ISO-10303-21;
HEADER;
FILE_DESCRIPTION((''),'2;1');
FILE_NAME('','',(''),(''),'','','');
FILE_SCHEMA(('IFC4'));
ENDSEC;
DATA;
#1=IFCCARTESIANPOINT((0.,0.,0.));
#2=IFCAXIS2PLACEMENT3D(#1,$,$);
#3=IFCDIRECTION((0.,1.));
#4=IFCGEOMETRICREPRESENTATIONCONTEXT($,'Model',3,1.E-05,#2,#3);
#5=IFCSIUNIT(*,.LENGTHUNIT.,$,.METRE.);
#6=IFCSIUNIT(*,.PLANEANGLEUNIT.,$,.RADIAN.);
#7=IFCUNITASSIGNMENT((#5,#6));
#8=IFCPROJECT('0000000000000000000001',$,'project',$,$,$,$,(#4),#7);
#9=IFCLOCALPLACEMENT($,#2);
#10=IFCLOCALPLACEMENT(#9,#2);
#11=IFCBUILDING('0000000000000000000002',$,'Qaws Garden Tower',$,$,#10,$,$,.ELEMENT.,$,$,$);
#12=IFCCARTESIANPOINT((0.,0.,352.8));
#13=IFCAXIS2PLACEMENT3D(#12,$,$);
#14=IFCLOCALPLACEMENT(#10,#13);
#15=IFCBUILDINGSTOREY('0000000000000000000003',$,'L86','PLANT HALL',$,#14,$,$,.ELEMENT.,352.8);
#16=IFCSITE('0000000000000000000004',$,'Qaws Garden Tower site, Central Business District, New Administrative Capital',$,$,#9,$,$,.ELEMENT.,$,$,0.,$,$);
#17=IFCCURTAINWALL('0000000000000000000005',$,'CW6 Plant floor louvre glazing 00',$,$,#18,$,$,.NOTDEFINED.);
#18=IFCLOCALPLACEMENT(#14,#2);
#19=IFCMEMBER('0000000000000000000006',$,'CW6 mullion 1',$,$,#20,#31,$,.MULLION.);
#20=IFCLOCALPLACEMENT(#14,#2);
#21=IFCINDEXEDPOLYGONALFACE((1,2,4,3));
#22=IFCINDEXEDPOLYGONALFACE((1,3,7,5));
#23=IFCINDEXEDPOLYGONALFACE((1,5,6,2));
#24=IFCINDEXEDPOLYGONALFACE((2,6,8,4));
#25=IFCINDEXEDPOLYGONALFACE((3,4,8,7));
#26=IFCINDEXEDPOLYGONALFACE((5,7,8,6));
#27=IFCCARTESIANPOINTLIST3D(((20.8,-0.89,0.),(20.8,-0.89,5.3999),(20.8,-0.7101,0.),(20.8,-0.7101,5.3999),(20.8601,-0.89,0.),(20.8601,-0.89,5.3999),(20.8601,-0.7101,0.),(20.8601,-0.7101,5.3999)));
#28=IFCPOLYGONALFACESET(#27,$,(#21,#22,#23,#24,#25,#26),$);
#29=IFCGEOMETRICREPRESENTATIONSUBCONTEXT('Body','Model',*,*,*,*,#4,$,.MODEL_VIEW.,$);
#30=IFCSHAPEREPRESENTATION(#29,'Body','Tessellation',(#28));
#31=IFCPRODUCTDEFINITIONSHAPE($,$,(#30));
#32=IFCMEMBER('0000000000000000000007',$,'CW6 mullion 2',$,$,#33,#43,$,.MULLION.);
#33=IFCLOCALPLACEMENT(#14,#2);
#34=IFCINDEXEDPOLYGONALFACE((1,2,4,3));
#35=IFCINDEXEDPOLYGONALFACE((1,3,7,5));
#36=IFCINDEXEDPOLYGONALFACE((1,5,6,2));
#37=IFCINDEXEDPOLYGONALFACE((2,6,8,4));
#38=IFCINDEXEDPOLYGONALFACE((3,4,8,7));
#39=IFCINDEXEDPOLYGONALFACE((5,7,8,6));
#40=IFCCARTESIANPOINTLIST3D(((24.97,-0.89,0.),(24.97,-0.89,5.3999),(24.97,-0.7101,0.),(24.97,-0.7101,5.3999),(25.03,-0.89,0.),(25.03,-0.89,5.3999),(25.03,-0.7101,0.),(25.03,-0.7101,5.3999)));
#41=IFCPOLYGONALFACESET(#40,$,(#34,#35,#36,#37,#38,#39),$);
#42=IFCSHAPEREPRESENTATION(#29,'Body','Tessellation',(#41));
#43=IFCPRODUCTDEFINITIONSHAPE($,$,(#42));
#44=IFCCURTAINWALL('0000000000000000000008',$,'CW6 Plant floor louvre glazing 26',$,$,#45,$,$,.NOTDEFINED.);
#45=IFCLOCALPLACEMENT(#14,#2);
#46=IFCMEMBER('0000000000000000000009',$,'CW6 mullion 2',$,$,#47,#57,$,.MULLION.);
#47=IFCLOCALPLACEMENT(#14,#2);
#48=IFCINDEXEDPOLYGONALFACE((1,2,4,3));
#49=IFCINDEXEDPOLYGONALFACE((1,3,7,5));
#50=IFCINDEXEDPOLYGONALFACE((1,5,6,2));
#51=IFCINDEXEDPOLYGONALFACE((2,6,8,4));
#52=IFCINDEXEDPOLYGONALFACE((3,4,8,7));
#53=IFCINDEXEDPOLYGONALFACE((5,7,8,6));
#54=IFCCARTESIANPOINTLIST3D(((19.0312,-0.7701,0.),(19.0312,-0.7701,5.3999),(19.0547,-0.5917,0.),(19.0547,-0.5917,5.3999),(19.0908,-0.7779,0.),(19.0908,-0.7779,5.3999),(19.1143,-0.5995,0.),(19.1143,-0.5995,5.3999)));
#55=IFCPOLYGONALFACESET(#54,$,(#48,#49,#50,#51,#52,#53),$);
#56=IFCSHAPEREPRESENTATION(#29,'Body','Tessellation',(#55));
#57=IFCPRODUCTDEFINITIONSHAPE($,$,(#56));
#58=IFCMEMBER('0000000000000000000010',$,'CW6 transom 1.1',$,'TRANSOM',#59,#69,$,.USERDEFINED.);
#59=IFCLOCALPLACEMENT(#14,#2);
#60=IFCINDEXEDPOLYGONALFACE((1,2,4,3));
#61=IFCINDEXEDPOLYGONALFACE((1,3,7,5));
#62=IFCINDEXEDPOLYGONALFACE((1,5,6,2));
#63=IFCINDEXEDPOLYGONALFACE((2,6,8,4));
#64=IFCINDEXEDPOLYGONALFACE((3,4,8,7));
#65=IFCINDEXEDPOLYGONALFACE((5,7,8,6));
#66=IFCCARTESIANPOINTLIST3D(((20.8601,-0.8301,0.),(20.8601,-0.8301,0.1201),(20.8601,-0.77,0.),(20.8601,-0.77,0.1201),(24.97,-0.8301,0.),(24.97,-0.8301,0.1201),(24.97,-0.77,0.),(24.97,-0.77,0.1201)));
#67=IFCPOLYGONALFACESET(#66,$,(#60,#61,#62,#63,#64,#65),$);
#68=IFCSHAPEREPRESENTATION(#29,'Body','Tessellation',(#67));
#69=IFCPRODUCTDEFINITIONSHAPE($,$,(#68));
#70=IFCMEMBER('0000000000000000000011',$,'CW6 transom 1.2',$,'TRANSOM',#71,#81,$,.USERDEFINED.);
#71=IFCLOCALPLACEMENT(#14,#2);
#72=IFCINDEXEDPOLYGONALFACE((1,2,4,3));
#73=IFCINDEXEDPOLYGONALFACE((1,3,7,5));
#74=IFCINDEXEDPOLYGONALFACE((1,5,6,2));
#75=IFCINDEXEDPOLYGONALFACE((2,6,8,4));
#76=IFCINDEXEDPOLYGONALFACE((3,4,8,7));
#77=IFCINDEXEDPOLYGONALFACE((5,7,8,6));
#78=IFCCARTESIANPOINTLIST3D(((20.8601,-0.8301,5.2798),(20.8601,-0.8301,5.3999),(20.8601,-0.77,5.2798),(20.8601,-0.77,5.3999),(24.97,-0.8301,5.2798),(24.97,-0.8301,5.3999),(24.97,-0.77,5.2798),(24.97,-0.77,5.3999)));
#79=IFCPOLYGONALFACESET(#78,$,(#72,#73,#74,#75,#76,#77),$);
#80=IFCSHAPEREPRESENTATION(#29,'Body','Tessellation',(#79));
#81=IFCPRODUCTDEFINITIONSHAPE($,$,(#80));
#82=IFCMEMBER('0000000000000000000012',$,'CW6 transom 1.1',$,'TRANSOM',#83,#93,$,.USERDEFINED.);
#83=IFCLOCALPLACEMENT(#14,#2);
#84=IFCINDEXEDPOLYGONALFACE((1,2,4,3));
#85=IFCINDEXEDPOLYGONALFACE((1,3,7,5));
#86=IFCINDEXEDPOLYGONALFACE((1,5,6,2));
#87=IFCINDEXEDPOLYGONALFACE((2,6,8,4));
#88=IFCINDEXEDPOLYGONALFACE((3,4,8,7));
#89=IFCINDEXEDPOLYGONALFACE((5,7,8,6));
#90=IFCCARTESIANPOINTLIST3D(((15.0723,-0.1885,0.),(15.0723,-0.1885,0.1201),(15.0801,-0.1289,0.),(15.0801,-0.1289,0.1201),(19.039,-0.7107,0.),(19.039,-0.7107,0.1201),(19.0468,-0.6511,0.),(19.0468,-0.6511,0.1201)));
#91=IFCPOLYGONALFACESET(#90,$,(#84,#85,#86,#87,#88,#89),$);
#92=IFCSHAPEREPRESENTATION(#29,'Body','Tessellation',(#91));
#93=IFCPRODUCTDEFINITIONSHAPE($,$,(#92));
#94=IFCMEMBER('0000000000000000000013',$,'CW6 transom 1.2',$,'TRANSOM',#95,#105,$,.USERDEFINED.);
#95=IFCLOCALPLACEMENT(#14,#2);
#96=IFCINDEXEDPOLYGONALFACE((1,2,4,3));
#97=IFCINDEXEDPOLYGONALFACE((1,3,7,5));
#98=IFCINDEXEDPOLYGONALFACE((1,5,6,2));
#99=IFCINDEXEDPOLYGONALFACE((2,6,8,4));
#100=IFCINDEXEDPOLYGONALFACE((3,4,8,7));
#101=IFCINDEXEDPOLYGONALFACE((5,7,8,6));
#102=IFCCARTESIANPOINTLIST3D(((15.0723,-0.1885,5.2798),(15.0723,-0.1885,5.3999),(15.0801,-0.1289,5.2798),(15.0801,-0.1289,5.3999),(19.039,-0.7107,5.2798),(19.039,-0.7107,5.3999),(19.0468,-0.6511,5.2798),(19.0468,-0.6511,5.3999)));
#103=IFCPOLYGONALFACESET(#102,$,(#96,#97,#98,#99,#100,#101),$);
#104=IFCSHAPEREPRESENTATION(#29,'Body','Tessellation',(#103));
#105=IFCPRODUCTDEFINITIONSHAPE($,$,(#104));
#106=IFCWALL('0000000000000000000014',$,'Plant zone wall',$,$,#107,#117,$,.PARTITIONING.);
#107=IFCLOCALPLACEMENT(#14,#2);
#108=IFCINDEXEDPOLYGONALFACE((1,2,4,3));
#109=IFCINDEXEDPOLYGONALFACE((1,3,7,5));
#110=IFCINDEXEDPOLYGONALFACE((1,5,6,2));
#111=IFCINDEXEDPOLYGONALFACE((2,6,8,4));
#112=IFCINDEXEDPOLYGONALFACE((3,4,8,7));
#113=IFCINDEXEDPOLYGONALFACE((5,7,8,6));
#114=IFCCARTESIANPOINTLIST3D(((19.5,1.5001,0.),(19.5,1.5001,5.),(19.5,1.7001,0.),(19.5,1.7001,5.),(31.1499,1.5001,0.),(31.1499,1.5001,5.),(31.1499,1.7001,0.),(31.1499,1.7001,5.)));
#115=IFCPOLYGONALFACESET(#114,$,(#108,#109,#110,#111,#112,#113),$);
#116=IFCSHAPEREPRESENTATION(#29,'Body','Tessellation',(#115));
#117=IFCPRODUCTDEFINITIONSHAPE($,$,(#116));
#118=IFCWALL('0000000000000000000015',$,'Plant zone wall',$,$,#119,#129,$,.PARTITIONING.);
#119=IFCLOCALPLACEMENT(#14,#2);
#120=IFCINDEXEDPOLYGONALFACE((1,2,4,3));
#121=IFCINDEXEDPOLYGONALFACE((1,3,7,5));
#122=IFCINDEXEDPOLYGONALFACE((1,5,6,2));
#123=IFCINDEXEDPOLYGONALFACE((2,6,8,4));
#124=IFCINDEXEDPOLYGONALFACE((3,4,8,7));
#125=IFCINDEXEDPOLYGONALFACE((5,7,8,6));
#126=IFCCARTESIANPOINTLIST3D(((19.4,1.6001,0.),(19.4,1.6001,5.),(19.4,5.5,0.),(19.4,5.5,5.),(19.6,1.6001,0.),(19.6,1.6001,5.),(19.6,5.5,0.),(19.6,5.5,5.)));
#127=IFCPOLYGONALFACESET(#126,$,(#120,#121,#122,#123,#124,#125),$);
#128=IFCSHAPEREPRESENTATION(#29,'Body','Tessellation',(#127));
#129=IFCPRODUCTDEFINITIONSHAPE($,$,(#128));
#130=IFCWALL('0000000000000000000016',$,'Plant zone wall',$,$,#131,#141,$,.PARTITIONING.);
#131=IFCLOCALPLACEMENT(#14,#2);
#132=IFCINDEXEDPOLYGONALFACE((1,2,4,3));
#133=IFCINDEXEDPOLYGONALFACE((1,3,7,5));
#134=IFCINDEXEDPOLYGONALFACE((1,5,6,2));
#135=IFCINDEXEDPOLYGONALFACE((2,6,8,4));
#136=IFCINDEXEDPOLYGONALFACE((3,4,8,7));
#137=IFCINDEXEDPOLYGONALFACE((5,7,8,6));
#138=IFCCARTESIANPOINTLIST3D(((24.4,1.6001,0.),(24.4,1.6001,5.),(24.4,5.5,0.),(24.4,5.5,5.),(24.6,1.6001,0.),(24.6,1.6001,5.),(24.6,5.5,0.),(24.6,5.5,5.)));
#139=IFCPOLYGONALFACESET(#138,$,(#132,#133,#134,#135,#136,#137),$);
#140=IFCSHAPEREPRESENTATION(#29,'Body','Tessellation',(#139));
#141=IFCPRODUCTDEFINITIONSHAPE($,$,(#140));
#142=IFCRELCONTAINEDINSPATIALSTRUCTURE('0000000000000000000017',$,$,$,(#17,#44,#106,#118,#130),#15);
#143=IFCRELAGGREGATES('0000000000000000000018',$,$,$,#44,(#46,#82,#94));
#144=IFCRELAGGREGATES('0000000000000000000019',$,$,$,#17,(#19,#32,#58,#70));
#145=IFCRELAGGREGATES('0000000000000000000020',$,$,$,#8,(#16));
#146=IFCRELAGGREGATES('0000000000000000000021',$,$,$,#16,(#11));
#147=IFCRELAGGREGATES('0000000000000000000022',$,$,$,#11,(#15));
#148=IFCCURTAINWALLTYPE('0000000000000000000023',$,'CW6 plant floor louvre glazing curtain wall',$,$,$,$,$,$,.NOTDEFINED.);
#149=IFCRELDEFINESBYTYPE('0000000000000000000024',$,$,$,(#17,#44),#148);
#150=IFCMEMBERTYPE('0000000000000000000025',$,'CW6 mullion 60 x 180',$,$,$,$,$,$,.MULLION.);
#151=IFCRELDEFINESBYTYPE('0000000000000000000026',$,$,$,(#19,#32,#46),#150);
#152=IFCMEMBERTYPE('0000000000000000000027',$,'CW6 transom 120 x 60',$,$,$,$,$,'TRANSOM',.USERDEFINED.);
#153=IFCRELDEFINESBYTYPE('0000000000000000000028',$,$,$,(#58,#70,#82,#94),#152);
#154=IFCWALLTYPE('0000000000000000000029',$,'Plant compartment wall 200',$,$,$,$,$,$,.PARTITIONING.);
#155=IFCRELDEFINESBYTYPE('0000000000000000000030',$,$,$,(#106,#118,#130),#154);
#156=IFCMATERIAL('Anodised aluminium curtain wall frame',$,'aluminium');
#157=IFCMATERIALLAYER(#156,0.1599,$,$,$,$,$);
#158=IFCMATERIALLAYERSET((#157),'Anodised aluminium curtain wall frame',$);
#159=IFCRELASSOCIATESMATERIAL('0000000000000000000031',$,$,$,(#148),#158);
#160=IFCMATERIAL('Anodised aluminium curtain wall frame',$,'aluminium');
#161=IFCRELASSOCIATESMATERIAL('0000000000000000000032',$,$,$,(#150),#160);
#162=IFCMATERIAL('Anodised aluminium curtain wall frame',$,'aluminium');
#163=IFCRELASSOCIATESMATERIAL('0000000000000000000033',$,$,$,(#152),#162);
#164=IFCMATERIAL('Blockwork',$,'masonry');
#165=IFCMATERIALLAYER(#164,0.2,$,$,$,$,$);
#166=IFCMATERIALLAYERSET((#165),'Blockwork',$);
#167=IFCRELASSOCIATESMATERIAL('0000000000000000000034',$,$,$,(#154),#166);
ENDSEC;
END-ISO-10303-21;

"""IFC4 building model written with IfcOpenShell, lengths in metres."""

from ifc_helpers import new_model, si_unit, direction, frame, frame_2d, origin, origin_2d, place, context, subcontext, project, spatial, rectangle, extrude, material, layer, layer_set, material_profile, profile_set, type_object, element, aggregate, save


model = new_model("IFC4")

# Units and contexts
model_context = context("Model", 3, precision=1e-05, world=origin(), true_north=direction((0.0, 1.0)))
body_context = subcontext(model_context, "Body", "Model", "MODEL_VIEW")
ifc_project = project(units=[si_unit("LENGTHUNIT", "METRE"), si_unit("PLANEANGLEUNIT", "RADIAN")], contexts=[model_context])

# Site, building, storey
site_placement = place(None, origin())
site = spatial("IfcSite", under=ifc_project, at=site_placement, Name="Qaws Garden Tower site, Central Business District, New Administrative Capital", CompositionType="ELEMENT", RefElevation=0.0)
building_placement = place(site_placement, origin())
building = spatial("IfcBuilding", under=site, at=building_placement, Name="Qaws Garden Tower", CompositionType="ELEMENT")
storey_placement = place(building_placement, frame((0.0, 0.0, 352.8)))
storey = spatial("IfcBuildingStorey", under=building, at=storey_placement, Name="L86", Description="PLANT HALL", CompositionType="ELEMENT", Elevation=352.8)

# Curtain wall, members
ifc_material_1 = material(Name="Anodised aluminium curtain wall frame", Category="aluminium")
ifc_layer_1 = layer(ifc_material_1, 0.1599)
ifc_layer_set_1 = layer_set([ifc_layer_1], Name="Anodised aluminium curtain wall frame")
curtain_wall_type = type_object("IfcCurtainWallType", Name="CW6 plant floor louvre glazing curtain wall", PredefinedType="NOTDEFINED", material=ifc_layer_set_1)
placement_1 = place(storey_placement, origin())
curtain_wall_1 = element("IfcCurtainWall", 1, at=placement_1, inside=storey, type_object=curtain_wall_type, Name="CW6 Plant floor louvre glazing 00", PredefinedType="NOTDEFINED")
ifc_material_2 = material(Name="Anodised aluminium curtain wall frame", Category="aluminium")
ifc_material_profile_1 = material_profile(ifc_material_2, rectangle(XDim=0.1799, YDim=0.0601, at=origin_2d()), Name="AL 60x180")
ifc_profile_set_1 = profile_set([ifc_material_profile_1], Name="Anodised aluminium curtain wall frame")
member_type_1 = type_object("IfcMemberType", Name="CW6 mullion 60 x 180", PredefinedType="MULLION", material=ifc_profile_set_1)
member_1_placement = place(storey_placement, frame((20.8301, -0.8, 0.0), z_axis=(0.0, 0.0, 1.0), x_axis=(0.0, 1.0, 0.0)))
member_1 = element("IfcMember", 2, at=member_1_placement, type_object=member_type_1, Name="CW6 mullion 1", PredefinedType="MULLION", context=body_context, shape_type="SweptSolid", body=[
    extrude(rectangle(XDim=0.1799, YDim=0.0601, at=origin_2d()), origin(), (0.0, 0.0, 1.0), 5.3999),
])
member_2_placement = place(storey_placement, frame((25.0, -0.8, 0.0), z_axis=(0.0, 0.0, 1.0), x_axis=(0.0, 1.0, 0.0)))
member_2 = element("IfcMember", 3, at=member_2_placement, type_object=member_type_1, Name="CW6 mullion 2", PredefinedType="MULLION", context=body_context, shape_type="SweptSolid", body=[
    extrude(rectangle(XDim=0.1799, YDim=0.0601, at=origin_2d()), origin(), (0.0, 0.0, 1.0), 5.3999),
])

# Curtain wall, member
curtain_wall_2 = element("IfcCurtainWall", 4, at=placement_1, inside=storey, type_object=curtain_wall_type, Name="CW6 Plant floor louvre glazing 26", PredefinedType="NOTDEFINED")
member_3_placement = place(storey_placement, frame((19.0728, -0.6848, 0.0), z_axis=(0.0, 0.0, 1.0), x_axis=(0.130526, 0.991445, 0.0)))
member_3 = element("IfcMember", 5, at=member_3_placement, type_object=member_type_1, Name="CW6 mullion 2", PredefinedType="MULLION", context=body_context, shape_type="SweptSolid", body=[
    extrude(rectangle(XDim=0.1799, YDim=0.0601, at=origin_2d()), origin(), (0.0, 0.0, 1.0), 5.3999),
])

# Members
ifc_material_3 = material(Name="Anodised aluminium curtain wall frame", Category="aluminium")
ifc_material_profile_2 = material_profile(ifc_material_3, rectangle(XDim=0.0601, YDim=0.1201, at=origin_2d()), Name="AL 60x120")
ifc_profile_set_2 = profile_set([ifc_material_profile_2], Name="Anodised aluminium curtain wall frame")
member_type_2 = type_object("IfcMemberType", Name="CW6 transom 120 x 60", ElementType="TRANSOM", PredefinedType="USERDEFINED", material=ifc_profile_set_2)
member_4_placement = place(storey_placement, frame((20.8601, -0.8, 0.0601), z_axis=(1.0, 0.0, 0.0), x_axis=(0.0, 1.0, 0.0)))
member_4 = element("IfcMember", 6, at=member_4_placement, type_object=member_type_2, Name="CW6 transom 1.1", ObjectType="TRANSOM", PredefinedType="USERDEFINED", context=body_context, shape_type="SweptSolid", body=[
    extrude(rectangle(XDim=0.0601, YDim=0.1201, at=origin_2d()), origin(), (0.0, 0.0, 1.0), 4.1099),
])
member_5_placement = place(storey_placement, frame((20.8601, -0.8, 5.3398), z_axis=(1.0, 0.0, 0.0), x_axis=(0.0, 1.0, 0.0)))
member_5 = element("IfcMember", 7, at=member_5_placement, type_object=member_type_2, Name="CW6 transom 1.2", ObjectType="TRANSOM", PredefinedType="USERDEFINED", context=body_context, shape_type="SweptSolid", body=[
    extrude(rectangle(XDim=0.0601, YDim=0.1201, at=origin_2d()), origin(), (0.0, 0.0, 1.0), 4.1099),
])
member_6_placement = place(storey_placement, frame((15.0762, -0.1587, 0.0601), z_axis=(0.991446, -0.130521, 0.0), x_axis=(0.130521, 0.991446, 0.0)))
member_6 = element("IfcMember", 8, at=member_6_placement, type_object=member_type_2, Name="CW6 transom 1.1", ObjectType="TRANSOM", PredefinedType="USERDEFINED", context=body_context, shape_type="SweptSolid", body=[
    extrude(rectangle(XDim=0.0601, YDim=0.1201, at=origin_2d()), origin(), (0.0, 0.0, 1.0), 4.001),
])
member_7_placement = place(storey_placement, frame((15.0762, -0.1587, 5.3398), z_axis=(0.991446, -0.130521, 0.0), x_axis=(0.130521, 0.991446, 0.0)))
member_7 = element("IfcMember", 9, at=member_7_placement, type_object=member_type_2, Name="CW6 transom 1.2", ObjectType="TRANSOM", PredefinedType="USERDEFINED", context=body_context, shape_type="SweptSolid", body=[
    extrude(rectangle(XDim=0.0601, YDim=0.1201, at=origin_2d()), origin(), (0.0, 0.0, 1.0), 4.001),
])
aggregate(curtain_wall_2, [member_3, member_6, member_7])

aggregate(curtain_wall_1, [member_1, member_2, member_4, member_5])

# Walls
ifc_material_4 = material(Name="Blockwork", Category="masonry")
ifc_layer_2 = layer(ifc_material_4, 0.2)
ifc_layer_set_2 = layer_set([ifc_layer_2], Name="Blockwork")
wall_type = type_object("IfcWallType", Name="Plant compartment wall 200", PredefinedType="PARTITIONING", material=ifc_layer_set_2)
wall_placement = place(storey_placement, frame((19.5, 1.6001, 0.0), z_axis=(0.0, 0.0, 1.0), x_axis=(1.0, 0.0, 0.0)))
element("IfcWall", 10, at=wall_placement, inside=storey, type_object=wall_type, Name="Plant zone wall", PredefinedType="PARTITIONING", context=body_context, shape_type="SweptSolid", body=[
    extrude(rectangle(XDim=11.6499, YDim=0.2, at=frame_2d((5.825, 0.0))), origin(), (0.0, 0.0, 1.0), 5.0),
])
for number, where, z_axis, x_axis, name in (
    (11, (19.5, 1.6001, 0.0), (0.0, 0.0, 1.0), (0.0, 1.0, 0.0), "Plant zone wall"),
    (12, (24.5, 1.6001, 0.0), (0.0, 0.0, 1.0), (0.0, 1.0, 0.0), "Plant zone wall"),
):
    element("IfcWall", number, at=place(storey_placement, frame(where, z_axis=z_axis, x_axis=x_axis)), inside=storey, type_object=wall_type, Name=name, PredefinedType="PARTITIONING", context=body_context, shape_type="SweptSolid", body=[
        extrude(rectangle(XDim=3.8999, YDim=0.2, at=frame_2d((1.95, 0.0))), origin(), (0.0, 0.0, 1.0), 5.0),
    ])

save(model, "model.ifc")
